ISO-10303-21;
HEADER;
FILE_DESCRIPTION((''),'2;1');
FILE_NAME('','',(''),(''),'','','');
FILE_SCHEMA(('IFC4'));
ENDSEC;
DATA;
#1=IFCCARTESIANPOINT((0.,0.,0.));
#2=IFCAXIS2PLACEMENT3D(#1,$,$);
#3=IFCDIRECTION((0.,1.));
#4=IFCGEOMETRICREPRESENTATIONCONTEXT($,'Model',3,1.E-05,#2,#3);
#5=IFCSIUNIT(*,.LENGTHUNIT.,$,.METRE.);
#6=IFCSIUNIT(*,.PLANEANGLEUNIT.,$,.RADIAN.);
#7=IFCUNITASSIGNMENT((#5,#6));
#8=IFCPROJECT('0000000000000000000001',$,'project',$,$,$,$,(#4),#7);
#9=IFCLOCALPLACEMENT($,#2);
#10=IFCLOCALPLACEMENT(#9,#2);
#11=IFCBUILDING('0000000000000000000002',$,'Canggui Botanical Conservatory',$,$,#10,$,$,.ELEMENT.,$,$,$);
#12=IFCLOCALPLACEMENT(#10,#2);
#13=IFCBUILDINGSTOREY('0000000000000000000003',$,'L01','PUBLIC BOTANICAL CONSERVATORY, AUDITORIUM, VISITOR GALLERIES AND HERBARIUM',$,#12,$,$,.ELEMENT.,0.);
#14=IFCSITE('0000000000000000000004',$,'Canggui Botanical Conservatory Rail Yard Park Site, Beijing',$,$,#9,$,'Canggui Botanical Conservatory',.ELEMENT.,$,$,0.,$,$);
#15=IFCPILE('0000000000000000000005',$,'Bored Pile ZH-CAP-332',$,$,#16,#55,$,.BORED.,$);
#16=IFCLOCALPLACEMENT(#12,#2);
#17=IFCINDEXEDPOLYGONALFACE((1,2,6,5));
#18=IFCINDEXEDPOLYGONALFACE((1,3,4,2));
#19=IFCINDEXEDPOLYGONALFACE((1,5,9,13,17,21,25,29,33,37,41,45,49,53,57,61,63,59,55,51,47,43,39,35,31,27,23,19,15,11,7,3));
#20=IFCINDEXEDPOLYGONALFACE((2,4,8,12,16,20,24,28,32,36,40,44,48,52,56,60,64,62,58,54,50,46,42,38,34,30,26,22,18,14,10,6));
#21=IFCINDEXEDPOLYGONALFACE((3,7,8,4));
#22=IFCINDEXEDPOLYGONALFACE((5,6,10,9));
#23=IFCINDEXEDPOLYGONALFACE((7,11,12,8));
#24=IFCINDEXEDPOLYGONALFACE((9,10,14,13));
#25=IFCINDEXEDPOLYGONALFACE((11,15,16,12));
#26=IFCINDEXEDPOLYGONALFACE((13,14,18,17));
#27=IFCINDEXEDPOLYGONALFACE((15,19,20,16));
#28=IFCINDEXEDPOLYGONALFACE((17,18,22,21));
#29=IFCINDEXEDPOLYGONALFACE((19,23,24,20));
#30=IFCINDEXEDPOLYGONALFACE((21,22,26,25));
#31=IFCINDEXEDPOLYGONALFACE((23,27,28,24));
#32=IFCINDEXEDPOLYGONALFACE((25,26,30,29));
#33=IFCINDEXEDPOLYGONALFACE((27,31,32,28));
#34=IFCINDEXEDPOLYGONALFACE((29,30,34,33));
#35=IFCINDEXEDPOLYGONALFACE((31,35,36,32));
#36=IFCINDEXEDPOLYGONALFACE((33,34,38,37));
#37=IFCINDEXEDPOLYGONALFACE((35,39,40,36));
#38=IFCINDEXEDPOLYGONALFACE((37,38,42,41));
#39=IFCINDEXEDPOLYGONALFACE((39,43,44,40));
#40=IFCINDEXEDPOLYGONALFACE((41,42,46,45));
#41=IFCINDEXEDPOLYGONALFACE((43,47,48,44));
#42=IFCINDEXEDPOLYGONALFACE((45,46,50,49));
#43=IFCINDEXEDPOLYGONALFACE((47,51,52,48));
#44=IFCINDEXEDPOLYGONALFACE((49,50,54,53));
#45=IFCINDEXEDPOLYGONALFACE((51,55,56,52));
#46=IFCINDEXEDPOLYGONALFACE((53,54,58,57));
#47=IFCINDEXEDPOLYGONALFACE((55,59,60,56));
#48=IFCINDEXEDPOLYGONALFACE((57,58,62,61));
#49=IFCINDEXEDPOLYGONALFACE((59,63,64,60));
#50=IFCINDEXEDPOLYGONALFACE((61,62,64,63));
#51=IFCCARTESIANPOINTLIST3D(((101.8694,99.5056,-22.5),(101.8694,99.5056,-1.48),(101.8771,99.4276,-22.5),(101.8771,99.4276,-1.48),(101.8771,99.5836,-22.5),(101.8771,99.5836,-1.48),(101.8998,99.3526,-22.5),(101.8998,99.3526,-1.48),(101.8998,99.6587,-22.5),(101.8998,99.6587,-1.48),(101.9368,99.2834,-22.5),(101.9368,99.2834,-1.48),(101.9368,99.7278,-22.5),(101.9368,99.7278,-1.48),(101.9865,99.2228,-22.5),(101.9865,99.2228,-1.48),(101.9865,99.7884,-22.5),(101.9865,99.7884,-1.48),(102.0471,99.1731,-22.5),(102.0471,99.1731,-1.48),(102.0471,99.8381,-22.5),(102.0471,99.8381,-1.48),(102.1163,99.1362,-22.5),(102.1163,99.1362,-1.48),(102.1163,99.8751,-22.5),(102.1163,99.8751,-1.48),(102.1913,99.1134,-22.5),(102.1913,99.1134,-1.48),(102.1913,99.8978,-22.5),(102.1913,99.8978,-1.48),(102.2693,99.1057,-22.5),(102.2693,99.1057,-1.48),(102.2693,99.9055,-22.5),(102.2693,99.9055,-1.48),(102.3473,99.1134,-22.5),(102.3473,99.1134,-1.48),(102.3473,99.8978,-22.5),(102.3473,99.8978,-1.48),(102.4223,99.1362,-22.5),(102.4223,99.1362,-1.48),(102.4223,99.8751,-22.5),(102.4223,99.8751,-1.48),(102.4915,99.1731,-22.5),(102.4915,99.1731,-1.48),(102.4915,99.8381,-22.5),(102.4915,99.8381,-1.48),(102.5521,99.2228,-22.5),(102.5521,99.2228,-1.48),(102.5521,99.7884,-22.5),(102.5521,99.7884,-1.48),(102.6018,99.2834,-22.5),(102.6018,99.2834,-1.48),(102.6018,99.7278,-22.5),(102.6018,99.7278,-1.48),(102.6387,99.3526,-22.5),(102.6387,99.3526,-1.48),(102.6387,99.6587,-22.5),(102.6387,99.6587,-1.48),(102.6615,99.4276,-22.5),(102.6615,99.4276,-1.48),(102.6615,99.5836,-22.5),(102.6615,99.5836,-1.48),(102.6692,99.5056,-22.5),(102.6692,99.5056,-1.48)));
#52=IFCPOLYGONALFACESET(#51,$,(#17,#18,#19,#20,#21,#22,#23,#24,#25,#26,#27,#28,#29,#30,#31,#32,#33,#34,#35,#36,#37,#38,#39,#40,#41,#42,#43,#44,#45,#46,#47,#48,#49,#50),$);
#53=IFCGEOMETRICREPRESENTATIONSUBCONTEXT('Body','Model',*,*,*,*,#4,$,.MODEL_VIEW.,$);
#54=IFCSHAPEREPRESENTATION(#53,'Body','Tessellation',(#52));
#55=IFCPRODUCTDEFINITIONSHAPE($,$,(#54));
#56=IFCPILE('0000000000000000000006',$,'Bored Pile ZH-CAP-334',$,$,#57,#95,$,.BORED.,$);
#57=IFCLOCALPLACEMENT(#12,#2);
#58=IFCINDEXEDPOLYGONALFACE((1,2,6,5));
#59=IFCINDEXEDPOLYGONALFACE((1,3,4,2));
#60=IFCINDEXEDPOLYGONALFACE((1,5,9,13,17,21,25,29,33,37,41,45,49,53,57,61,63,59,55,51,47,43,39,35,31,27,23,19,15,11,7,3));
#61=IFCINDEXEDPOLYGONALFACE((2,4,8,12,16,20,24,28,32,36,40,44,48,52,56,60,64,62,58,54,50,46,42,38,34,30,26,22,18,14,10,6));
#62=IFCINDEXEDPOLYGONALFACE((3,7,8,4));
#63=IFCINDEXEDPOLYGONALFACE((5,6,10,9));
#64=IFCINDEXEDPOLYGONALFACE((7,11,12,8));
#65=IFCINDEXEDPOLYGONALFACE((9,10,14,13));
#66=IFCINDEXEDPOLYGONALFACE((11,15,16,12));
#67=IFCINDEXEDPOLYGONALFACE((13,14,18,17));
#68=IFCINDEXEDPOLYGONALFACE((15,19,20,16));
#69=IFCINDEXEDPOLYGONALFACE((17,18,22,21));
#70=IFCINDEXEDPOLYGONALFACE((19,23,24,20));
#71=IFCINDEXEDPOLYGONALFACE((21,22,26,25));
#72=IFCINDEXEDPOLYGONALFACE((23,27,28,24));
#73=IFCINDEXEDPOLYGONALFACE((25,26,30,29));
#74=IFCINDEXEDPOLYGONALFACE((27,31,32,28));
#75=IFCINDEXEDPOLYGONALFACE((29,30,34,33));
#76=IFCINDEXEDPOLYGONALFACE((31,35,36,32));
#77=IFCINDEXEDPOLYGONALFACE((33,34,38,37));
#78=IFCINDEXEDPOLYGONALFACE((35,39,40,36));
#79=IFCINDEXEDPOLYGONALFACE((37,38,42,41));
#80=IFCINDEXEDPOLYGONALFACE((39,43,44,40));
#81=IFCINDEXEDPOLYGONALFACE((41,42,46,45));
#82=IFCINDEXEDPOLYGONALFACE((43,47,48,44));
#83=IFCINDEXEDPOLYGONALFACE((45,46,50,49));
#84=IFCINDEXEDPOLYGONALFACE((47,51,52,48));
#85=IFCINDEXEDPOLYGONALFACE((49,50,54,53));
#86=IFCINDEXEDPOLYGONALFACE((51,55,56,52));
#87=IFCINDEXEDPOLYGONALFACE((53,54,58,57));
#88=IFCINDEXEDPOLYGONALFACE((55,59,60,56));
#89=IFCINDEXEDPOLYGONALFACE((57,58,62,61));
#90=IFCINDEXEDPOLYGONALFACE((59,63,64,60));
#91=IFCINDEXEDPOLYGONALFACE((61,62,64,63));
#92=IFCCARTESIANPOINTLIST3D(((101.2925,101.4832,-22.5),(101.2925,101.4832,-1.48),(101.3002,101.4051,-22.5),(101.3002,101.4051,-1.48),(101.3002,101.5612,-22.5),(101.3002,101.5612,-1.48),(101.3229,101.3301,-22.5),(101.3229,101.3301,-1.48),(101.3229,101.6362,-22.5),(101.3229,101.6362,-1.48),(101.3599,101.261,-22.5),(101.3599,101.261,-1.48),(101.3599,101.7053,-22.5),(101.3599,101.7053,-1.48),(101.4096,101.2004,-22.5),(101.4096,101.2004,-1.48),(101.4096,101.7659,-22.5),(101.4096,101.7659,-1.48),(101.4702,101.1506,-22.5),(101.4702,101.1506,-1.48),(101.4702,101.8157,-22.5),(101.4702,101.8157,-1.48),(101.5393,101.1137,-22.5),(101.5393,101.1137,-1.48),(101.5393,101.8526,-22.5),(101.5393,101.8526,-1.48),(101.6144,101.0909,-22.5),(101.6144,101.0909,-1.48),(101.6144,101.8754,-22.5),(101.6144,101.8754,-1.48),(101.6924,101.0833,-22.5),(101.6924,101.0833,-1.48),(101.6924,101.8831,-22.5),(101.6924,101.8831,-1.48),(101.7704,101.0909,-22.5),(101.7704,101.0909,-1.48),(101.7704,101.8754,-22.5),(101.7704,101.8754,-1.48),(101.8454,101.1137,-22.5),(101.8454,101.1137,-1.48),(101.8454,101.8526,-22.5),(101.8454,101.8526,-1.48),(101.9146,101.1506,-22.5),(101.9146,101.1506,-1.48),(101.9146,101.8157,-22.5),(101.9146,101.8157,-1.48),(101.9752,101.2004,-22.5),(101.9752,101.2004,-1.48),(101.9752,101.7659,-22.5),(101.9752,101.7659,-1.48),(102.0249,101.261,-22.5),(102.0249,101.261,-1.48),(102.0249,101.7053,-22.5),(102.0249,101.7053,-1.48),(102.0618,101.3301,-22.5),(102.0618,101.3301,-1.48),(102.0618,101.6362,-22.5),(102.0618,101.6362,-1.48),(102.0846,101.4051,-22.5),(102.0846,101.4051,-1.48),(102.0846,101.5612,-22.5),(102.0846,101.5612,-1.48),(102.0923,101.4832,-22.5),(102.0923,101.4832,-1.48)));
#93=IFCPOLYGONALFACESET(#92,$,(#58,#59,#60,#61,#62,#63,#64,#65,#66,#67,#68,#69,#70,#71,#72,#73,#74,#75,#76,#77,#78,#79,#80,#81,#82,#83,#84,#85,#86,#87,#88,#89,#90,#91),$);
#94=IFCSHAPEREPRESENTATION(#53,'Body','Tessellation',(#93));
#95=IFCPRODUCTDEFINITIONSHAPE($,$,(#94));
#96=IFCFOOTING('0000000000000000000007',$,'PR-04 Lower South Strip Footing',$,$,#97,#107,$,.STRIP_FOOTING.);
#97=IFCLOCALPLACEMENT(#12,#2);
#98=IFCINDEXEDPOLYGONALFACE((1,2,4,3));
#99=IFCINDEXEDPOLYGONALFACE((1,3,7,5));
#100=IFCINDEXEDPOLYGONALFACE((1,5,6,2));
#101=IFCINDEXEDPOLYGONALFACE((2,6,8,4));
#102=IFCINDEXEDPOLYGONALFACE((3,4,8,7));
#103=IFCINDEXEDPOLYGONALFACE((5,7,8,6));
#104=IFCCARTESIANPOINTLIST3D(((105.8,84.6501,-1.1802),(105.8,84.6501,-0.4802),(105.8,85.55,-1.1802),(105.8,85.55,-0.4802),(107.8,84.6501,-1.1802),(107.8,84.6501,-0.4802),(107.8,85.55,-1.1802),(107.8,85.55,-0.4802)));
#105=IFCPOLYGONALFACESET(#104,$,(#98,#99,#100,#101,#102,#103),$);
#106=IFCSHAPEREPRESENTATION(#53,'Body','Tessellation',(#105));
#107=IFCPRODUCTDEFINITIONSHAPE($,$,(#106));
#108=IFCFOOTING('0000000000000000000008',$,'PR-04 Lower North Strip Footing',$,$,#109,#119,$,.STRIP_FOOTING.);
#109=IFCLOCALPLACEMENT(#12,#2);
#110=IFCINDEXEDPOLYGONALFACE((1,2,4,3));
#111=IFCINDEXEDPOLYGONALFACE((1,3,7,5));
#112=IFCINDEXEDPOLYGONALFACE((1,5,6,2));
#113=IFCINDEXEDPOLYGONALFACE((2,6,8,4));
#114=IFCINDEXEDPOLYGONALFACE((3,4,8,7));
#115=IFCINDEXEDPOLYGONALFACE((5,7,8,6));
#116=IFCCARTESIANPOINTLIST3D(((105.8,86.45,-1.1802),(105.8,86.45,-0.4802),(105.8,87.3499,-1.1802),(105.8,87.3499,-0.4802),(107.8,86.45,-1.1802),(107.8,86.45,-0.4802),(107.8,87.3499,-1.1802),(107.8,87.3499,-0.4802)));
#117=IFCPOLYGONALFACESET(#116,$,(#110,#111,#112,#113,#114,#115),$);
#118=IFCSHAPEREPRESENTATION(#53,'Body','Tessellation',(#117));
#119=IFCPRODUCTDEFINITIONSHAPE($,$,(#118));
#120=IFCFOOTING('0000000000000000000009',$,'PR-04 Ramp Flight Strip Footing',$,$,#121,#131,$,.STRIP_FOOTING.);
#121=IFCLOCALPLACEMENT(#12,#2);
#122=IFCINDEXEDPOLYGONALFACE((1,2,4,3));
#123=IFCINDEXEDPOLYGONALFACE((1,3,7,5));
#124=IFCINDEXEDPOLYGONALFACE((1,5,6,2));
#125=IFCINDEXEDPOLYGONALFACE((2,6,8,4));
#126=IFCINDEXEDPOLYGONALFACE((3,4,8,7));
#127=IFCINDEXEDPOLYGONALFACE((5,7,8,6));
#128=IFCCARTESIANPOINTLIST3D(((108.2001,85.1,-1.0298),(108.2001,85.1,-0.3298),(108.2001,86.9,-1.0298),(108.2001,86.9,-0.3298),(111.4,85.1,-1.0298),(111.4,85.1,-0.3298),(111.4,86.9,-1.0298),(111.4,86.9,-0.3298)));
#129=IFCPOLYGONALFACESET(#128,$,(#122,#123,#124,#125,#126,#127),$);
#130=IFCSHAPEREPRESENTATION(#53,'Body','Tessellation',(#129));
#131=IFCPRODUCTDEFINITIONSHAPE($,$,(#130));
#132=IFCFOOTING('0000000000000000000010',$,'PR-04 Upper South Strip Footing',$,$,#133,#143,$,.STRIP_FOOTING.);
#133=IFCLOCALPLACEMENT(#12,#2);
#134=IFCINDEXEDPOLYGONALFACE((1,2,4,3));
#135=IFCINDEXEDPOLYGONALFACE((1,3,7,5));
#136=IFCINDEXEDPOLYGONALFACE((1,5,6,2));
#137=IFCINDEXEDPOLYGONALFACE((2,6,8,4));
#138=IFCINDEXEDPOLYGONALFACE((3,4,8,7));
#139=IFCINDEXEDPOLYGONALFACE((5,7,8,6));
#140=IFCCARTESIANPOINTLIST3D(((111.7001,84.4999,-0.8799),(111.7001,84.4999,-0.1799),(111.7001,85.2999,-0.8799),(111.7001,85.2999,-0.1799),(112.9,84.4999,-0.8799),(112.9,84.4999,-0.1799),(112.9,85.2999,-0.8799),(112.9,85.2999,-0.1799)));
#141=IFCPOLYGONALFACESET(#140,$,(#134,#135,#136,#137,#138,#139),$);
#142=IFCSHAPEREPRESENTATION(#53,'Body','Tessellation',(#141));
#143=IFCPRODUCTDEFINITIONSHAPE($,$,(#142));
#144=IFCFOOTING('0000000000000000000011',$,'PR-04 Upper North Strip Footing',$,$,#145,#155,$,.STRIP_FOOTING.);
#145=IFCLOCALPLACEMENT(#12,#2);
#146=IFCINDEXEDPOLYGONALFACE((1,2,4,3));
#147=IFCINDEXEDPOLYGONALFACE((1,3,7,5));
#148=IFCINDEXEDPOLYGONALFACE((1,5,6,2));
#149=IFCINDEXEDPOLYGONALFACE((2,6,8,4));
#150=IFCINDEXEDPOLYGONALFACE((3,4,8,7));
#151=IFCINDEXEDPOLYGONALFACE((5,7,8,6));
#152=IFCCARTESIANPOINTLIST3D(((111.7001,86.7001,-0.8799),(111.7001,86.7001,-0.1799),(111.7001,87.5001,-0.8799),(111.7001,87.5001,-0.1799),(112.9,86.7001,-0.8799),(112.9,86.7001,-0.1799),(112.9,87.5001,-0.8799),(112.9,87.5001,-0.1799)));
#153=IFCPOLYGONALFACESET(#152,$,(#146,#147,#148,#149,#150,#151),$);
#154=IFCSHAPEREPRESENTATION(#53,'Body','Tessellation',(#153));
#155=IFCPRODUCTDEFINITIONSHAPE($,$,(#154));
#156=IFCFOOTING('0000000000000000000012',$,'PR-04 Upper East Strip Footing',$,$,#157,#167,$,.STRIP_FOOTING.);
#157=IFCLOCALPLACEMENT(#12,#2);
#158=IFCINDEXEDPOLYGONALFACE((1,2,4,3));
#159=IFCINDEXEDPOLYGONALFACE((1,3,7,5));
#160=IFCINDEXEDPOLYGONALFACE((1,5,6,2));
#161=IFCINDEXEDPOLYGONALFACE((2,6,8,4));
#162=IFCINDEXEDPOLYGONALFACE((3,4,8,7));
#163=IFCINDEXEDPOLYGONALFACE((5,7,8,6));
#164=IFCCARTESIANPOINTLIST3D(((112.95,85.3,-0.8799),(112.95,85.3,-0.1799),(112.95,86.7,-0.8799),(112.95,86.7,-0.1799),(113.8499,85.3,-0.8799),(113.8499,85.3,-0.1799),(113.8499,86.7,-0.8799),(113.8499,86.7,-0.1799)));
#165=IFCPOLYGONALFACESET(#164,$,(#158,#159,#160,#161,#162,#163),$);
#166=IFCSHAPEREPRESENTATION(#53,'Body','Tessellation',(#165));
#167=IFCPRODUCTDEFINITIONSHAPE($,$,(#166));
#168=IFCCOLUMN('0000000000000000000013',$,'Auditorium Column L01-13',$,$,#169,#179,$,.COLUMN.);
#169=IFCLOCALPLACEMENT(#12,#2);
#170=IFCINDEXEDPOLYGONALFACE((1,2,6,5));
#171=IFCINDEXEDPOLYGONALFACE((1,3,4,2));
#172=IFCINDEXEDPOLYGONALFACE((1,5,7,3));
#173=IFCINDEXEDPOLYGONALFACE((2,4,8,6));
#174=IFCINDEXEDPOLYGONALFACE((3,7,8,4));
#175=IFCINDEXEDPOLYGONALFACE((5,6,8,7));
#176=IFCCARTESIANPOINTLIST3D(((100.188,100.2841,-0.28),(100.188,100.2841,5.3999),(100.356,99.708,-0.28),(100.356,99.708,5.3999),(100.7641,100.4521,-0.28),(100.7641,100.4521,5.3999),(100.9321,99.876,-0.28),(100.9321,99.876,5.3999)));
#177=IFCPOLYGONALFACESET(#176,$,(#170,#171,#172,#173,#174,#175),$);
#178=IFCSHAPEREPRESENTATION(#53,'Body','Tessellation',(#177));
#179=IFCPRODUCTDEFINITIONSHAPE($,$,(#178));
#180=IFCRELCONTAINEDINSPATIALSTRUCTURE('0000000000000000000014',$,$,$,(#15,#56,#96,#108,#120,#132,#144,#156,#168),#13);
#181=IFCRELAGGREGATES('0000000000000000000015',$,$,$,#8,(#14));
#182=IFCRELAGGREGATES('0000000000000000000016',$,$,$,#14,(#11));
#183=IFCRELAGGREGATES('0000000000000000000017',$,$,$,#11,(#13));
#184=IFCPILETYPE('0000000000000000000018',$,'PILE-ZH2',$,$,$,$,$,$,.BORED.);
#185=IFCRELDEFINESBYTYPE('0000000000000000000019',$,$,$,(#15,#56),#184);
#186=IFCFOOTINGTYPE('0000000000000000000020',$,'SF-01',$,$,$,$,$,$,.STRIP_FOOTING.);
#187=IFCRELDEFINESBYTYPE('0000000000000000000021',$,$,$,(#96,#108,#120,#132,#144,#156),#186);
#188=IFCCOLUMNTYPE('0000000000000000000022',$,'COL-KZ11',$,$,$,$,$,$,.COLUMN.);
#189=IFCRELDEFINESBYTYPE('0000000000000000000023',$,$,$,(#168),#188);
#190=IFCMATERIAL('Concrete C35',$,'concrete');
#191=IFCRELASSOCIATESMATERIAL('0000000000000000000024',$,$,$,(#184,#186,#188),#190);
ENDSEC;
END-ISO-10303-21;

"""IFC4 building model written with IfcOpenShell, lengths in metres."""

from ifc_helpers import new_model, si_unit, direction, frame, origin, origin_2d, place, context, subcontext, project, spatial, rectangle, circle, extrude, material, material_profile, profile_set, type_object, element, save


model = new_model("IFC4")

# Units and contexts
model_context = context("Model", 3, precision=1e-05, world=origin(), true_north=direction((0.0, 1.0)))
body_context = subcontext(model_context, "Body", "Model", "MODEL_VIEW")
ifc_project = project(units=[si_unit("LENGTHUNIT", "METRE"), si_unit("PLANEANGLEUNIT", "RADIAN")], contexts=[model_context])

# Site, building, storey
site_placement = place(None, origin())
site = spatial("IfcSite", under=ifc_project, at=site_placement, Name="Canggui Botanical Conservatory Rail Yard Park Site, Beijing", LongName="Canggui Botanical Conservatory", CompositionType="ELEMENT", RefElevation=0.0)
building_placement = place(site_placement, origin())
building = spatial("IfcBuilding", under=site, at=building_placement, Name="Canggui Botanical Conservatory", CompositionType="ELEMENT")
storey_placement = place(building_placement, origin())
storey = spatial("IfcBuildingStorey", under=building, at=storey_placement, Name="L01", Description="PUBLIC BOTANICAL CONSERVATORY, AUDITORIUM, VISITOR GALLERIES AND HERBARIUM", CompositionType="ELEMENT", Elevation=0.0)

# Piles
ifc_material_1 = material(Name="Concrete C35", Category="concrete")
ifc_material_profile_1 = material_profile(ifc_material_1, circle(Radius=0.3999, at=origin_2d()), Name="PILE D800")
ifc_profile_set_1 = profile_set([ifc_material_profile_1], Name="Concrete C35")
pile_type = type_object("IfcPileType", Name="PILE-ZH2", PredefinedType="BORED", material=ifc_profile_set_1)
for number, where, z_axis, x_axis, name in (
    (1, (102.2693, 99.5056, -1.48), (0.0, 0.0, -1.0), (1.0, 0.0, 0.0), "Bored Pile ZH-CAP-332"),
    (2, (101.6924, 101.4832, -1.48), (0.0, 0.0, -1.0), (1.0, 0.0, 0.0), "Bored Pile ZH-CAP-334"),
):
    element("IfcPile", number, at=place(storey_placement, frame(where, z_axis=z_axis, x_axis=x_axis)), inside=storey, type_object=pile_type, Name=name, PredefinedType="BORED", context=body_context, shape_type="SweptSolid", body=[
        extrude(circle(Radius=0.3999, at=origin_2d()), origin(), (0.0, 0.0, 1.0), 21.02),
    ])

# Footings
footing_type = type_object("IfcFootingType", Name="SF-01", PredefinedType="STRIP_FOOTING", material=ifc_material_1)
for number, where, z_axis, x_axis, name in (
    (3, (106.8, 85.1001, -1.1802), (0.0, 0.0, 1.0), (1.0, 0.0, 0.0), "PR-04 Lower South Strip Footing"),
    (4, (106.8, 86.8999, -1.1802), (0.0, 0.0, 1.0), (1.0, 0.0, 0.0), "PR-04 Lower North Strip Footing"),
):
    element("IfcFooting", number, at=place(storey_placement, frame(where, z_axis=z_axis, x_axis=x_axis)), inside=storey, type_object=footing_type, Name=name, PredefinedType="STRIP_FOOTING", context=body_context, shape_type="SweptSolid", body=[
        extrude(rectangle(XDim=2.0, YDim=0.8999, at=origin_2d()), origin(), (0.0, 0.0, 1.0), 0.7),
    ])
footing_1_placement = place(storey_placement, frame((109.8, 86.0, -1.0298), z_axis=(0.0, 0.0, 1.0), x_axis=(1.0, 0.0, 0.0)))
element("IfcFooting", 5, at=footing_1_placement, inside=storey, type_object=footing_type, Name="PR-04 Ramp Flight Strip Footing", PredefinedType="STRIP_FOOTING", context=body_context, shape_type="SweptSolid", body=[
    extrude(rectangle(XDim=3.2, YDim=1.8, at=origin_2d()), origin(), (0.0, 0.0, 1.0), 0.7),
])
for number, where, z_axis, x_axis, name in (
    (6, (112.3, 84.8999, -0.8799), (0.0, 0.0, 1.0), (1.0, 0.0, 0.0), "PR-04 Upper South Strip Footing"),
    (7, (112.3, 87.1001, -0.8799), (0.0, 0.0, 1.0), (1.0, 0.0, 0.0), "PR-04 Upper North Strip Footing"),
):
    element("IfcFooting", number, at=place(storey_placement, frame(where, z_axis=z_axis, x_axis=x_axis)), inside=storey, type_object=footing_type, Name=name, PredefinedType="STRIP_FOOTING", context=body_context, shape_type="SweptSolid", body=[
        extrude(rectangle(XDim=1.2, YDim=0.8, at=origin_2d()), origin(), (0.0, 0.0, 1.0), 0.7),
    ])
footing_2_placement = place(storey_placement, frame((113.3999, 86.0, -0.8799), z_axis=(0.0, 0.0, 1.0), x_axis=(1.0, 0.0, 0.0)))
element("IfcFooting", 8, at=footing_2_placement, inside=storey, type_object=footing_type, Name="PR-04 Upper East Strip Footing", PredefinedType="STRIP_FOOTING", context=body_context, shape_type="SweptSolid", body=[
    extrude(rectangle(XDim=0.8999, YDim=1.3999, at=origin_2d()), origin(), (0.0, 0.0, 1.0), 0.7),
])

# Column
ifc_material_profile_2 = material_profile(ifc_material_1, rectangle(XDim=0.6001, YDim=0.6001, at=origin_2d()), Name="RC 600x600")
ifc_profile_set_2 = profile_set([ifc_material_profile_2], Name="Concrete C35")
column_type = type_object("IfcColumnType", Name="COL-KZ11", PredefinedType="COLUMN", material=ifc_profile_set_2)
column_placement = place(storey_placement, frame((100.5601, 100.0801, -0.28), z_axis=(0.0, 0.0, 1.0), x_axis=(0.96, 0.28, 0.0)))
element("IfcColumn", 9, at=column_placement, inside=storey, type_object=column_type, Name="Auditorium Column L01-13", PredefinedType="COLUMN", context=body_context, shape_type="SweptSolid", body=[
    extrude(rectangle(XDim=0.6001, YDim=0.6001, at=origin_2d()), origin(), (0.0, 0.0, 1.0), 5.6799),
])

save(model, "model.ifc")
